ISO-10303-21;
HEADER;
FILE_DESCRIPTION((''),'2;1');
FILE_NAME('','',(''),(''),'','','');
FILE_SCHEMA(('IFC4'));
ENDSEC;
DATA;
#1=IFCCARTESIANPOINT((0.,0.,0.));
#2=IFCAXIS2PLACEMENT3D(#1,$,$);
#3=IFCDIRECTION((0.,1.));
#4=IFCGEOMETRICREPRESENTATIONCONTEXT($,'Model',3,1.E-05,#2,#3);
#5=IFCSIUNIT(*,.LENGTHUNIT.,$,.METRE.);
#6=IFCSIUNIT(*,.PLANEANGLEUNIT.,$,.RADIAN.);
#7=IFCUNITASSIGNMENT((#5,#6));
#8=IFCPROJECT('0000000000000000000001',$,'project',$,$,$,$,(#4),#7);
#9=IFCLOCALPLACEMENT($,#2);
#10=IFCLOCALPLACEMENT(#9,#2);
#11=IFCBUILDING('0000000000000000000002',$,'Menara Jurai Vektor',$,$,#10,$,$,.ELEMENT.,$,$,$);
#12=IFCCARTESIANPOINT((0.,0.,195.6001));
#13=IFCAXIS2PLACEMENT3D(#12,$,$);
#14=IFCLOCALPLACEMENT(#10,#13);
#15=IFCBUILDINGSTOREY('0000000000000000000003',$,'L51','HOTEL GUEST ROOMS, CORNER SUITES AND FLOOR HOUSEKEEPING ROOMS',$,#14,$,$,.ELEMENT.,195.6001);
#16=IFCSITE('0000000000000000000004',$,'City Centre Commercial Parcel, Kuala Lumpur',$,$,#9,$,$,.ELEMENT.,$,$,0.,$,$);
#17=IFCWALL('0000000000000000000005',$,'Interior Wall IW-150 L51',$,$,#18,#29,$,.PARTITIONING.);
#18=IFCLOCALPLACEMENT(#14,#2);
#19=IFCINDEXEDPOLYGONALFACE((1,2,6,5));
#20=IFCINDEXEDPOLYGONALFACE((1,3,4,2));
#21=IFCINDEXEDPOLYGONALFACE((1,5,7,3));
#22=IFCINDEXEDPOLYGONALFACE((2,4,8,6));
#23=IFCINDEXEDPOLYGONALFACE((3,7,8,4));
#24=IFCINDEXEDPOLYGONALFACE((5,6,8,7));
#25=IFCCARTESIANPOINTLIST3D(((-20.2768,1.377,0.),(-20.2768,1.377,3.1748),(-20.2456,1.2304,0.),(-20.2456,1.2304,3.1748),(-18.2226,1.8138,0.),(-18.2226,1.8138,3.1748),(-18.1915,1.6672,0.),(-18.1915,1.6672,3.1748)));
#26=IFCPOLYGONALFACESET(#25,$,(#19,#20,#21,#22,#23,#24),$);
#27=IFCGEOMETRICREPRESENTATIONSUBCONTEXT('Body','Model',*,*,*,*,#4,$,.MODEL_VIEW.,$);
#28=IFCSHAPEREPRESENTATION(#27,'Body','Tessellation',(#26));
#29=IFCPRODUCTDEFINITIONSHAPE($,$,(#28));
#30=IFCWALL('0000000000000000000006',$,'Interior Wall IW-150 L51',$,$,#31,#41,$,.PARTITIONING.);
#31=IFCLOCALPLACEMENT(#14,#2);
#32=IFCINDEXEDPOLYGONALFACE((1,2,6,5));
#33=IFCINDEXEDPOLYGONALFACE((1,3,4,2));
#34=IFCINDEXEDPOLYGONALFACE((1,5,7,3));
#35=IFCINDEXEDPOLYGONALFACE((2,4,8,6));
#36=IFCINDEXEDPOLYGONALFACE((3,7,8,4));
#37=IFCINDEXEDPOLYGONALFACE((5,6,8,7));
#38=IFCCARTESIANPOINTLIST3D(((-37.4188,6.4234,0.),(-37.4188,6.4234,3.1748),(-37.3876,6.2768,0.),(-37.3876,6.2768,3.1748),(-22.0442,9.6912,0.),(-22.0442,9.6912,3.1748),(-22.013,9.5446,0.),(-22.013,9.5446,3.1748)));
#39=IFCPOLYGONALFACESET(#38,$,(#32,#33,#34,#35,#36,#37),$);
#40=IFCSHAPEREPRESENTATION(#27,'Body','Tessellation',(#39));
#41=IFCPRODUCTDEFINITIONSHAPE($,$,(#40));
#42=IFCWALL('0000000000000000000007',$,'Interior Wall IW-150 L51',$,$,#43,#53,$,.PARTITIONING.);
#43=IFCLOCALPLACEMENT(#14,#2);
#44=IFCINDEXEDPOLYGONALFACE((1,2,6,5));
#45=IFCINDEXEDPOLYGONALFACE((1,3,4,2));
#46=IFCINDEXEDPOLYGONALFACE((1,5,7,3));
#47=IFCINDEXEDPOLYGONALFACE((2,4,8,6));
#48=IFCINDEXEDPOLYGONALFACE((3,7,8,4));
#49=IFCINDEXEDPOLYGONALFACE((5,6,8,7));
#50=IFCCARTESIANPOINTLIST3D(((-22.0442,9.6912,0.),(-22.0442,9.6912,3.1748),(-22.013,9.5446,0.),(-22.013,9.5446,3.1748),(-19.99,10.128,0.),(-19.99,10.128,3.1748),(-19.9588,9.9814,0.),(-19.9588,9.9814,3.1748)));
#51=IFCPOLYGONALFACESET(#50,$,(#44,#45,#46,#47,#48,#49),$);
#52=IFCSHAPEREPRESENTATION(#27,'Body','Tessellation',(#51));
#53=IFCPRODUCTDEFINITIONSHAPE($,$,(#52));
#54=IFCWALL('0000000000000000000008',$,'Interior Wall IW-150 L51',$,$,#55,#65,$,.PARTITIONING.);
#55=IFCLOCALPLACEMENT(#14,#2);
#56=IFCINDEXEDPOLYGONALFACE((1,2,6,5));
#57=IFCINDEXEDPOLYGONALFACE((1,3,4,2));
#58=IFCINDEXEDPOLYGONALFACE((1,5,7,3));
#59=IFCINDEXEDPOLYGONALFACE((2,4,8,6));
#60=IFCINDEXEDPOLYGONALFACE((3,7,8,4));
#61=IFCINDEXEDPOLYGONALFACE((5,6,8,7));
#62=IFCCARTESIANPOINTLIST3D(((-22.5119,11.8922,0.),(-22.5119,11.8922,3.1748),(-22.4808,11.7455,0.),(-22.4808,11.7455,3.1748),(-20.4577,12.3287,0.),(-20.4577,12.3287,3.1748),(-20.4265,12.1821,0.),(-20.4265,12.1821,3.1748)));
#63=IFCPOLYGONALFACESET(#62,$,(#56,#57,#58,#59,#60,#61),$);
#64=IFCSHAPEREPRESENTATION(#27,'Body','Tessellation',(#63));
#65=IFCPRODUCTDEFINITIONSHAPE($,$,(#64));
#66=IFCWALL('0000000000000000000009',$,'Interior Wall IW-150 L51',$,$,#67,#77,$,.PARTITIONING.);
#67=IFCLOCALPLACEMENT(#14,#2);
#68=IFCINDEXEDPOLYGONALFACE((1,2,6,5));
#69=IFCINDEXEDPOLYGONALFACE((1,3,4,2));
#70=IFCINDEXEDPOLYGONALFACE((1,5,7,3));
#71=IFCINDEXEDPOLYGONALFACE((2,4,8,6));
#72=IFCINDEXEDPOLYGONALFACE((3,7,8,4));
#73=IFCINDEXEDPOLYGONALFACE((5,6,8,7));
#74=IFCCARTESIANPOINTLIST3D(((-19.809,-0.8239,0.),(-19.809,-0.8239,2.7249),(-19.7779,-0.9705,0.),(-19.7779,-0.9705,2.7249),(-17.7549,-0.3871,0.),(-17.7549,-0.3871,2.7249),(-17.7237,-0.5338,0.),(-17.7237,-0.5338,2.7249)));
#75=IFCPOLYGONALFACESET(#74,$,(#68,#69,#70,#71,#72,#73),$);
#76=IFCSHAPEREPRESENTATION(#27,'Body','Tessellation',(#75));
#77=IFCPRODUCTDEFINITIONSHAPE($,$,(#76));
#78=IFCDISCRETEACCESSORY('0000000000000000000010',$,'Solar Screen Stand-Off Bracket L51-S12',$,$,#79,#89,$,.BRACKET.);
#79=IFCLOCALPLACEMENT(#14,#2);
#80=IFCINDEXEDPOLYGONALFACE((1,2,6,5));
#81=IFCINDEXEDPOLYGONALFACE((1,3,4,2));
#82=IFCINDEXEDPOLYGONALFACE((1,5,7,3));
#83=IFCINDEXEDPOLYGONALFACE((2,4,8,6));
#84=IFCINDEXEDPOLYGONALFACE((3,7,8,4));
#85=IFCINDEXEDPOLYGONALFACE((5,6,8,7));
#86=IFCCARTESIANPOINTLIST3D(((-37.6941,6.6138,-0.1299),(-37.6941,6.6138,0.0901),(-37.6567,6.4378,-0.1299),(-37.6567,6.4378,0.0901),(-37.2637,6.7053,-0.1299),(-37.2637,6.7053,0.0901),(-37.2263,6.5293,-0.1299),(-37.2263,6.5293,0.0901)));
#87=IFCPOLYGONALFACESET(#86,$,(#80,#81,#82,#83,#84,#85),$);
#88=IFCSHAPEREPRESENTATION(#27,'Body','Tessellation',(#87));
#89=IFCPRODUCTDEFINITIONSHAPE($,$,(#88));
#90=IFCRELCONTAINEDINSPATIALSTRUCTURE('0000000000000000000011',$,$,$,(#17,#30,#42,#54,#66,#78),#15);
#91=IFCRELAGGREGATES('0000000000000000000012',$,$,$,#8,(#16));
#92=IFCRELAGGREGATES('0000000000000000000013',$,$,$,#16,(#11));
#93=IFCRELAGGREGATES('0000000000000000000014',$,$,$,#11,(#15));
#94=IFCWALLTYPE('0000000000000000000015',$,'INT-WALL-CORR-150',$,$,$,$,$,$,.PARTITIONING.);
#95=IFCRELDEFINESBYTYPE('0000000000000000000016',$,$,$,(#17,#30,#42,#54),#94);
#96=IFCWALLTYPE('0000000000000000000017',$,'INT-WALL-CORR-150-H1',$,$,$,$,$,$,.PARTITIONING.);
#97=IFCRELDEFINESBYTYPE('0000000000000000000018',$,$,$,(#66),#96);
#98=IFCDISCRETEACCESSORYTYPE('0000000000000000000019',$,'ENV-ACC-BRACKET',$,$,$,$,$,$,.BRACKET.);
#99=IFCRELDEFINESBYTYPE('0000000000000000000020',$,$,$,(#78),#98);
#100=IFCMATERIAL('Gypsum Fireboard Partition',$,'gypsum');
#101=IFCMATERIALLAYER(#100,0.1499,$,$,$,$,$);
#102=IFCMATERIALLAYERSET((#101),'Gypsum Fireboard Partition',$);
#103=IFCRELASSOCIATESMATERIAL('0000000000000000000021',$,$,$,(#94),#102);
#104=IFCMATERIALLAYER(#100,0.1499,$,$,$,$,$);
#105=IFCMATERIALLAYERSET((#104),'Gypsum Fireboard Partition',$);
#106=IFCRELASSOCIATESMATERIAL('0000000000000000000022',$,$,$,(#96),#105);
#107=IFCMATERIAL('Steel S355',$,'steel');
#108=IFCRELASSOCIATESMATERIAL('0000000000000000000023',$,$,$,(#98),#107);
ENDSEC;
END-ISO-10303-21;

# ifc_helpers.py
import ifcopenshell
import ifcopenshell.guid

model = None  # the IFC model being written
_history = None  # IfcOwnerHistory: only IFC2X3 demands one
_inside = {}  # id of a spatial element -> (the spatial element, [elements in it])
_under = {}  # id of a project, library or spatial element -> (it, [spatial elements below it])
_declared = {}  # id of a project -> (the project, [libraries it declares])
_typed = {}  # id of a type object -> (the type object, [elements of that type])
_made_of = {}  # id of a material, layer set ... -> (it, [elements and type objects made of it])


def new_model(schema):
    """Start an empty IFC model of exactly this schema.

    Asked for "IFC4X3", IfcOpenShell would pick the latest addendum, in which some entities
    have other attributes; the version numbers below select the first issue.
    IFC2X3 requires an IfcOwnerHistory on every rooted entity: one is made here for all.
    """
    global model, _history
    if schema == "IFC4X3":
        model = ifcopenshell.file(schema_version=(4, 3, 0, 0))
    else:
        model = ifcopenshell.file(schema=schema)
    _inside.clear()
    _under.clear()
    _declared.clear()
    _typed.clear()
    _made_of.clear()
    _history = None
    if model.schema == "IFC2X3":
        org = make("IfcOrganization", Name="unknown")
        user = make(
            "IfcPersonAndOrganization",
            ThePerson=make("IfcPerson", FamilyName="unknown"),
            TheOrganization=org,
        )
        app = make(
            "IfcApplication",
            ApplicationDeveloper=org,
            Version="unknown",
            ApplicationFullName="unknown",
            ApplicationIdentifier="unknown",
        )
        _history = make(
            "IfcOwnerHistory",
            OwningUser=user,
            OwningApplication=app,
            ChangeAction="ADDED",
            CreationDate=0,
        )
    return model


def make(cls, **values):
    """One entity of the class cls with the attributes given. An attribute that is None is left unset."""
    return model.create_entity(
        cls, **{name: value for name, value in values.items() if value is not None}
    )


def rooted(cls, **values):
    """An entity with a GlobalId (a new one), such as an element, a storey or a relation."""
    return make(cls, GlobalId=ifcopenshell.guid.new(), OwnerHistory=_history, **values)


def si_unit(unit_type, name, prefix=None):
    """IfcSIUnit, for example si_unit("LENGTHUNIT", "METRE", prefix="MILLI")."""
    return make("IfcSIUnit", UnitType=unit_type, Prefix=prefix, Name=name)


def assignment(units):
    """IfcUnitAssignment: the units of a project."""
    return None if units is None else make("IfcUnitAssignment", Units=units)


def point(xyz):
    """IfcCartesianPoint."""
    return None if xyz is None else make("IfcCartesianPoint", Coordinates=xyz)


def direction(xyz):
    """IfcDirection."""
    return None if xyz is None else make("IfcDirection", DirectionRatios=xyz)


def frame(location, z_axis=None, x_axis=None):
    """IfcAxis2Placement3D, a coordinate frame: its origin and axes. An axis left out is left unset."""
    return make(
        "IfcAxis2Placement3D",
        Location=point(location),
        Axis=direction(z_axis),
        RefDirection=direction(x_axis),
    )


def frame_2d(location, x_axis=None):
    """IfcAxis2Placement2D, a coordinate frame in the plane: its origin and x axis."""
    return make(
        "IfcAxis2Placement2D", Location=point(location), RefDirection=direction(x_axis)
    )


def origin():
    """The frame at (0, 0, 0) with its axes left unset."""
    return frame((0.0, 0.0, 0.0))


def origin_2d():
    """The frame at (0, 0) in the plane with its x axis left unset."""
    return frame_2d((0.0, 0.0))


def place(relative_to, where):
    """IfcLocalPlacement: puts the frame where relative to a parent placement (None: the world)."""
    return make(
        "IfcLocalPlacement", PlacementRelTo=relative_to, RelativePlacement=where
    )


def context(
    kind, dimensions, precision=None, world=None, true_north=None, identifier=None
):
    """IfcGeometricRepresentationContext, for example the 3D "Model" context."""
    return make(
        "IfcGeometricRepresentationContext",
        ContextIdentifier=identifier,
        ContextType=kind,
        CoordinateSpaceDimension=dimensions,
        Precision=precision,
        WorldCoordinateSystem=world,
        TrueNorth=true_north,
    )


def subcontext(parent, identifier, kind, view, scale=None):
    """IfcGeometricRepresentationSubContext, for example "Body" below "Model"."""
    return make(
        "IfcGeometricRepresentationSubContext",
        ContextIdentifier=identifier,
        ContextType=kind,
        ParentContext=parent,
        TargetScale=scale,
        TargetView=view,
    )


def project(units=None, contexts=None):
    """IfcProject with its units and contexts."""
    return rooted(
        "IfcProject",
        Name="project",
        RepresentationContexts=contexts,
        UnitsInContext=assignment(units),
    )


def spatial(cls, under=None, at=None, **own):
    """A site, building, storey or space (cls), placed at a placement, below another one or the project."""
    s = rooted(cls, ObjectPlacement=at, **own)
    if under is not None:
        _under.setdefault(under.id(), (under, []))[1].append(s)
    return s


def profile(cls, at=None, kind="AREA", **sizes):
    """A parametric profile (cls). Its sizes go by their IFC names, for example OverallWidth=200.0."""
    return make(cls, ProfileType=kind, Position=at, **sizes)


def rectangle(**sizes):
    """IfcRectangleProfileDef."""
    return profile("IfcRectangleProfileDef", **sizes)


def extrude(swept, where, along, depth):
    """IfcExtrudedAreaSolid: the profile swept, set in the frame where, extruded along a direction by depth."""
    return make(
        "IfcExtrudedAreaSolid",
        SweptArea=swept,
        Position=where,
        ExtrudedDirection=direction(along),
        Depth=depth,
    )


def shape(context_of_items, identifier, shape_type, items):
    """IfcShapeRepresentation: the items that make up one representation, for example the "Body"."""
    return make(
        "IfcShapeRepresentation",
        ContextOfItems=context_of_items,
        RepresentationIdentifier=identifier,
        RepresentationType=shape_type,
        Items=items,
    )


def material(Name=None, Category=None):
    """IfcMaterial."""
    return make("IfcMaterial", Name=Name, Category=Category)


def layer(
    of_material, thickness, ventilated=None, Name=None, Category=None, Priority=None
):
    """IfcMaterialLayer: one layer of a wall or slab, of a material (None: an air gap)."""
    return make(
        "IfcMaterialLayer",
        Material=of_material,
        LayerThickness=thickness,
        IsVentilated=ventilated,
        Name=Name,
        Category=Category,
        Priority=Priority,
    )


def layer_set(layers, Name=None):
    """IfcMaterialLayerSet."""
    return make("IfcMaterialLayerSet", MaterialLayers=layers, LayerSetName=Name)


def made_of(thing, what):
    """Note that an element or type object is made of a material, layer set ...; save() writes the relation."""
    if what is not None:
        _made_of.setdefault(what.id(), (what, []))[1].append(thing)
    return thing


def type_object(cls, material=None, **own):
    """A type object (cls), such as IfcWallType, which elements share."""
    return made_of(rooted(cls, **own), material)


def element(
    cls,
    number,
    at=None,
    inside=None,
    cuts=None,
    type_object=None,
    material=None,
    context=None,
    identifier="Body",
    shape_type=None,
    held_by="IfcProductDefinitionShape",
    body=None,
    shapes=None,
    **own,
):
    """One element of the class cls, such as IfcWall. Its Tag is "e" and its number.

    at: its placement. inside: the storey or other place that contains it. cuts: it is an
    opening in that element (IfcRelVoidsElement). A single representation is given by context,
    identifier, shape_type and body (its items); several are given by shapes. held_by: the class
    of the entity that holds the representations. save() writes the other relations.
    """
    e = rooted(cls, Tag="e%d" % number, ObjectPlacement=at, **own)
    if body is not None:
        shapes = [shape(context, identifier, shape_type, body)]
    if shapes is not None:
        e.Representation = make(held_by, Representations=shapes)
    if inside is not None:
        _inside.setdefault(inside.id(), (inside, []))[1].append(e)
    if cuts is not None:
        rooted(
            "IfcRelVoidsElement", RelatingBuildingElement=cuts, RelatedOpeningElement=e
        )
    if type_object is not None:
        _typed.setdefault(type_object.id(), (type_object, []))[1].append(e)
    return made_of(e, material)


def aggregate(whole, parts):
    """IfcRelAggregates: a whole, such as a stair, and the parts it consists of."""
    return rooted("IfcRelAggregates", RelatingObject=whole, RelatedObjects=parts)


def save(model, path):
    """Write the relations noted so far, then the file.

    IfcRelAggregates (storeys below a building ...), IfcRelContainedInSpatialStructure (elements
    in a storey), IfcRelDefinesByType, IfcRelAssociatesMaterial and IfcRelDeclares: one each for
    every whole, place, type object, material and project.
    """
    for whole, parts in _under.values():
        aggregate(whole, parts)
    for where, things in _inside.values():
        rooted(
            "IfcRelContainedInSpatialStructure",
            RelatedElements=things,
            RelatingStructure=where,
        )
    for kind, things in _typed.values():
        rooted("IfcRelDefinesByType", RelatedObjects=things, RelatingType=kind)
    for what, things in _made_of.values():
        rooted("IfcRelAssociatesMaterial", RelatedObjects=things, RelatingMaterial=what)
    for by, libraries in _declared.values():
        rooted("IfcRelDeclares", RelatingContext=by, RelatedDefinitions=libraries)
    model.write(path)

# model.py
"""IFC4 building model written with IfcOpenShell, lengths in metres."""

from ifc_helpers import new_model, si_unit, direction, frame, frame_2d, origin, origin_2d, place, context, subcontext, project, spatial, rectangle, extrude, material, layer, layer_set, type_object, element, save


model = new_model("IFC4")

# Units and contexts
model_context = context("Model", 3, precision=1e-05, world=origin(), true_north=direction((0.0, 1.0)))
body_context = subcontext(model_context, "Body", "Model", "MODEL_VIEW")
ifc_project = project(units=[si_unit("LENGTHUNIT", "METRE"), si_unit("PLANEANGLEUNIT", "RADIAN")], contexts=[model_context])

# Site, building, storey
site_placement = place(None, origin())
site = spatial("IfcSite", under=ifc_project, at=site_placement, Name="City Centre Commercial Parcel, Kuala Lumpur", CompositionType="ELEMENT", RefElevation=0.0)
building_placement = place(site_placement, origin())
building = spatial("IfcBuilding", under=site, at=building_placement, Name="Menara Jurai Vektor", CompositionType="ELEMENT")
storey_placement = place(building_placement, frame((0.0, 0.0, 195.6001)))
storey = spatial("IfcBuildingStorey", under=building, at=storey_placement, Name="L51", Description="HOTEL GUEST ROOMS, CORNER SUITES AND FLOOR HOUSEKEEPING ROOMS", CompositionType="ELEMENT", Elevation=195.6001)

# Shared definitions
ifc_material_1 = material(Name="Steel S355", Category="steel")

# Shared definitions
ifc_material_2 = material(Name="Gypsum Fireboard Partition", Category="gypsum")
ifc_layer_1 = layer(ifc_material_2, 0.1499)
ifc_layer_set_1 = layer_set([ifc_layer_1], Name="Gypsum Fireboard Partition")
wall_type_1 = type_object("IfcWallType", Name="INT-WALL-CORR-150", PredefinedType="PARTITIONING", material=ifc_layer_set_1)

# Walls
wall_1_placement = place(storey_placement, frame((-20.2612, 1.3037, 0.0), z_axis=(0.0, 0.0, 1.0), x_axis=(0.978135, 0.207973, 0.0)))
element("IfcWall", 1, at=wall_1_placement, inside=storey, type_object=wall_type_1, Name="Interior Wall IW-150 L51", PredefinedType="PARTITIONING", context=body_context, shape_type="SweptSolid", body=[
    extrude(rectangle(XDim=2.1001, YDim=0.1499, at=frame_2d((1.05, 0.0))), origin(), (0.0, 0.0, 1.0), 3.1748),
])
wall_2_placement = place(storey_placement, frame((-37.4031, 6.3501, 0.0), z_axis=(0.0, 0.0, 1.0), x_axis=(0.978149, 0.207904, 0.0)))
element("IfcWall", 2, at=wall_2_placement, inside=storey, type_object=wall_type_1, Name="Interior Wall IW-150 L51", PredefinedType="PARTITIONING", context=body_context, shape_type="SweptSolid", body=[
    extrude(rectangle(XDim=15.718, YDim=0.1499, at=frame_2d((7.8589, 0.0))), origin(), (0.0, 0.0, 1.0), 3.1748),
])
wall_3_placement = place(storey_placement, frame((-22.0286, 9.6179, 0.0), z_axis=(0.0, 0.0, 1.0), x_axis=(0.978135, 0.207973, 0.0)))
element("IfcWall", 3, at=wall_3_placement, inside=storey, type_object=wall_type_1, Name="Interior Wall IW-150 L51", PredefinedType="PARTITIONING", context=body_context, shape_type="SweptSolid", body=[
    extrude(rectangle(XDim=2.1001, YDim=0.1499, at=frame_2d((1.05, 0.0))), origin(), (0.0, 0.0, 1.0), 3.1748),
])

# Walls
wall_4_placement = place(storey_placement, frame((-22.4963, 11.8188, 0.0), z_axis=(0.0, 0.0, 1.0), x_axis=(0.978158, 0.207862, 0.0)))
element("IfcWall", 4, at=wall_4_placement, inside=storey, type_object=wall_type_1, Name="Interior Wall IW-150 L51", PredefinedType="PARTITIONING", context=body_context, shape_type="SweptSolid", body=[
    extrude(rectangle(XDim=2.1001, YDim=0.1499, at=frame_2d((1.05, 0.0))), origin(), (0.0, 0.0, 1.0), 3.1748),
])
ifc_layer_2 = layer(ifc_material_2, 0.1499)
ifc_layer_set_2 = layer_set([ifc_layer_2], Name="Gypsum Fireboard Partition")
wall_type_2 = type_object("IfcWallType", Name="INT-WALL-CORR-150-H1", PredefinedType="PARTITIONING", material=ifc_layer_set_2)
wall_5_placement = place(storey_placement, frame((-19.7935, -0.8972, 0.0), z_axis=(0.0, 0.0, 1.0), x_axis=(0.978135, 0.207973, 0.0)))
element("IfcWall", 5, at=wall_5_placement, inside=storey, type_object=wall_type_2, Name="Interior Wall IW-150 L51", PredefinedType="PARTITIONING", context=body_context, shape_type="SweptSolid", body=[
    extrude(rectangle(XDim=2.1001, YDim=0.1499, at=frame_2d((1.05, 0.0))), origin(), (0.0, 0.0, 1.0), 2.7249),
])

# Discrete accessory
discrete_accessory_type = type_object("IfcDiscreteAccessoryType", Name="ENV-ACC-BRACKET", PredefinedType="BRACKET", material=ifc_material_1)
discrete_accessory_placement = place(storey_placement, frame((-37.4602, 6.5715, -0.1299), z_axis=(0.0, 0.0, 1.0), x_axis=(0.207912, -0.978148, 0.0)))
element("IfcDiscreteAccessory", 6, at=discrete_accessory_placement, inside=storey, type_object=discrete_accessory_type, Name="Solar Screen Stand-Off Bracket L51-S12", PredefinedType="BRACKET", context=body_context, shape_type="SweptSolid", body=[
    extrude(rectangle(XDim=0.1799, YDim=0.4399, at=origin_2d()), origin(), (0.0, 0.0, 1.0), 0.22),
])

save(model, "model.ifc")
